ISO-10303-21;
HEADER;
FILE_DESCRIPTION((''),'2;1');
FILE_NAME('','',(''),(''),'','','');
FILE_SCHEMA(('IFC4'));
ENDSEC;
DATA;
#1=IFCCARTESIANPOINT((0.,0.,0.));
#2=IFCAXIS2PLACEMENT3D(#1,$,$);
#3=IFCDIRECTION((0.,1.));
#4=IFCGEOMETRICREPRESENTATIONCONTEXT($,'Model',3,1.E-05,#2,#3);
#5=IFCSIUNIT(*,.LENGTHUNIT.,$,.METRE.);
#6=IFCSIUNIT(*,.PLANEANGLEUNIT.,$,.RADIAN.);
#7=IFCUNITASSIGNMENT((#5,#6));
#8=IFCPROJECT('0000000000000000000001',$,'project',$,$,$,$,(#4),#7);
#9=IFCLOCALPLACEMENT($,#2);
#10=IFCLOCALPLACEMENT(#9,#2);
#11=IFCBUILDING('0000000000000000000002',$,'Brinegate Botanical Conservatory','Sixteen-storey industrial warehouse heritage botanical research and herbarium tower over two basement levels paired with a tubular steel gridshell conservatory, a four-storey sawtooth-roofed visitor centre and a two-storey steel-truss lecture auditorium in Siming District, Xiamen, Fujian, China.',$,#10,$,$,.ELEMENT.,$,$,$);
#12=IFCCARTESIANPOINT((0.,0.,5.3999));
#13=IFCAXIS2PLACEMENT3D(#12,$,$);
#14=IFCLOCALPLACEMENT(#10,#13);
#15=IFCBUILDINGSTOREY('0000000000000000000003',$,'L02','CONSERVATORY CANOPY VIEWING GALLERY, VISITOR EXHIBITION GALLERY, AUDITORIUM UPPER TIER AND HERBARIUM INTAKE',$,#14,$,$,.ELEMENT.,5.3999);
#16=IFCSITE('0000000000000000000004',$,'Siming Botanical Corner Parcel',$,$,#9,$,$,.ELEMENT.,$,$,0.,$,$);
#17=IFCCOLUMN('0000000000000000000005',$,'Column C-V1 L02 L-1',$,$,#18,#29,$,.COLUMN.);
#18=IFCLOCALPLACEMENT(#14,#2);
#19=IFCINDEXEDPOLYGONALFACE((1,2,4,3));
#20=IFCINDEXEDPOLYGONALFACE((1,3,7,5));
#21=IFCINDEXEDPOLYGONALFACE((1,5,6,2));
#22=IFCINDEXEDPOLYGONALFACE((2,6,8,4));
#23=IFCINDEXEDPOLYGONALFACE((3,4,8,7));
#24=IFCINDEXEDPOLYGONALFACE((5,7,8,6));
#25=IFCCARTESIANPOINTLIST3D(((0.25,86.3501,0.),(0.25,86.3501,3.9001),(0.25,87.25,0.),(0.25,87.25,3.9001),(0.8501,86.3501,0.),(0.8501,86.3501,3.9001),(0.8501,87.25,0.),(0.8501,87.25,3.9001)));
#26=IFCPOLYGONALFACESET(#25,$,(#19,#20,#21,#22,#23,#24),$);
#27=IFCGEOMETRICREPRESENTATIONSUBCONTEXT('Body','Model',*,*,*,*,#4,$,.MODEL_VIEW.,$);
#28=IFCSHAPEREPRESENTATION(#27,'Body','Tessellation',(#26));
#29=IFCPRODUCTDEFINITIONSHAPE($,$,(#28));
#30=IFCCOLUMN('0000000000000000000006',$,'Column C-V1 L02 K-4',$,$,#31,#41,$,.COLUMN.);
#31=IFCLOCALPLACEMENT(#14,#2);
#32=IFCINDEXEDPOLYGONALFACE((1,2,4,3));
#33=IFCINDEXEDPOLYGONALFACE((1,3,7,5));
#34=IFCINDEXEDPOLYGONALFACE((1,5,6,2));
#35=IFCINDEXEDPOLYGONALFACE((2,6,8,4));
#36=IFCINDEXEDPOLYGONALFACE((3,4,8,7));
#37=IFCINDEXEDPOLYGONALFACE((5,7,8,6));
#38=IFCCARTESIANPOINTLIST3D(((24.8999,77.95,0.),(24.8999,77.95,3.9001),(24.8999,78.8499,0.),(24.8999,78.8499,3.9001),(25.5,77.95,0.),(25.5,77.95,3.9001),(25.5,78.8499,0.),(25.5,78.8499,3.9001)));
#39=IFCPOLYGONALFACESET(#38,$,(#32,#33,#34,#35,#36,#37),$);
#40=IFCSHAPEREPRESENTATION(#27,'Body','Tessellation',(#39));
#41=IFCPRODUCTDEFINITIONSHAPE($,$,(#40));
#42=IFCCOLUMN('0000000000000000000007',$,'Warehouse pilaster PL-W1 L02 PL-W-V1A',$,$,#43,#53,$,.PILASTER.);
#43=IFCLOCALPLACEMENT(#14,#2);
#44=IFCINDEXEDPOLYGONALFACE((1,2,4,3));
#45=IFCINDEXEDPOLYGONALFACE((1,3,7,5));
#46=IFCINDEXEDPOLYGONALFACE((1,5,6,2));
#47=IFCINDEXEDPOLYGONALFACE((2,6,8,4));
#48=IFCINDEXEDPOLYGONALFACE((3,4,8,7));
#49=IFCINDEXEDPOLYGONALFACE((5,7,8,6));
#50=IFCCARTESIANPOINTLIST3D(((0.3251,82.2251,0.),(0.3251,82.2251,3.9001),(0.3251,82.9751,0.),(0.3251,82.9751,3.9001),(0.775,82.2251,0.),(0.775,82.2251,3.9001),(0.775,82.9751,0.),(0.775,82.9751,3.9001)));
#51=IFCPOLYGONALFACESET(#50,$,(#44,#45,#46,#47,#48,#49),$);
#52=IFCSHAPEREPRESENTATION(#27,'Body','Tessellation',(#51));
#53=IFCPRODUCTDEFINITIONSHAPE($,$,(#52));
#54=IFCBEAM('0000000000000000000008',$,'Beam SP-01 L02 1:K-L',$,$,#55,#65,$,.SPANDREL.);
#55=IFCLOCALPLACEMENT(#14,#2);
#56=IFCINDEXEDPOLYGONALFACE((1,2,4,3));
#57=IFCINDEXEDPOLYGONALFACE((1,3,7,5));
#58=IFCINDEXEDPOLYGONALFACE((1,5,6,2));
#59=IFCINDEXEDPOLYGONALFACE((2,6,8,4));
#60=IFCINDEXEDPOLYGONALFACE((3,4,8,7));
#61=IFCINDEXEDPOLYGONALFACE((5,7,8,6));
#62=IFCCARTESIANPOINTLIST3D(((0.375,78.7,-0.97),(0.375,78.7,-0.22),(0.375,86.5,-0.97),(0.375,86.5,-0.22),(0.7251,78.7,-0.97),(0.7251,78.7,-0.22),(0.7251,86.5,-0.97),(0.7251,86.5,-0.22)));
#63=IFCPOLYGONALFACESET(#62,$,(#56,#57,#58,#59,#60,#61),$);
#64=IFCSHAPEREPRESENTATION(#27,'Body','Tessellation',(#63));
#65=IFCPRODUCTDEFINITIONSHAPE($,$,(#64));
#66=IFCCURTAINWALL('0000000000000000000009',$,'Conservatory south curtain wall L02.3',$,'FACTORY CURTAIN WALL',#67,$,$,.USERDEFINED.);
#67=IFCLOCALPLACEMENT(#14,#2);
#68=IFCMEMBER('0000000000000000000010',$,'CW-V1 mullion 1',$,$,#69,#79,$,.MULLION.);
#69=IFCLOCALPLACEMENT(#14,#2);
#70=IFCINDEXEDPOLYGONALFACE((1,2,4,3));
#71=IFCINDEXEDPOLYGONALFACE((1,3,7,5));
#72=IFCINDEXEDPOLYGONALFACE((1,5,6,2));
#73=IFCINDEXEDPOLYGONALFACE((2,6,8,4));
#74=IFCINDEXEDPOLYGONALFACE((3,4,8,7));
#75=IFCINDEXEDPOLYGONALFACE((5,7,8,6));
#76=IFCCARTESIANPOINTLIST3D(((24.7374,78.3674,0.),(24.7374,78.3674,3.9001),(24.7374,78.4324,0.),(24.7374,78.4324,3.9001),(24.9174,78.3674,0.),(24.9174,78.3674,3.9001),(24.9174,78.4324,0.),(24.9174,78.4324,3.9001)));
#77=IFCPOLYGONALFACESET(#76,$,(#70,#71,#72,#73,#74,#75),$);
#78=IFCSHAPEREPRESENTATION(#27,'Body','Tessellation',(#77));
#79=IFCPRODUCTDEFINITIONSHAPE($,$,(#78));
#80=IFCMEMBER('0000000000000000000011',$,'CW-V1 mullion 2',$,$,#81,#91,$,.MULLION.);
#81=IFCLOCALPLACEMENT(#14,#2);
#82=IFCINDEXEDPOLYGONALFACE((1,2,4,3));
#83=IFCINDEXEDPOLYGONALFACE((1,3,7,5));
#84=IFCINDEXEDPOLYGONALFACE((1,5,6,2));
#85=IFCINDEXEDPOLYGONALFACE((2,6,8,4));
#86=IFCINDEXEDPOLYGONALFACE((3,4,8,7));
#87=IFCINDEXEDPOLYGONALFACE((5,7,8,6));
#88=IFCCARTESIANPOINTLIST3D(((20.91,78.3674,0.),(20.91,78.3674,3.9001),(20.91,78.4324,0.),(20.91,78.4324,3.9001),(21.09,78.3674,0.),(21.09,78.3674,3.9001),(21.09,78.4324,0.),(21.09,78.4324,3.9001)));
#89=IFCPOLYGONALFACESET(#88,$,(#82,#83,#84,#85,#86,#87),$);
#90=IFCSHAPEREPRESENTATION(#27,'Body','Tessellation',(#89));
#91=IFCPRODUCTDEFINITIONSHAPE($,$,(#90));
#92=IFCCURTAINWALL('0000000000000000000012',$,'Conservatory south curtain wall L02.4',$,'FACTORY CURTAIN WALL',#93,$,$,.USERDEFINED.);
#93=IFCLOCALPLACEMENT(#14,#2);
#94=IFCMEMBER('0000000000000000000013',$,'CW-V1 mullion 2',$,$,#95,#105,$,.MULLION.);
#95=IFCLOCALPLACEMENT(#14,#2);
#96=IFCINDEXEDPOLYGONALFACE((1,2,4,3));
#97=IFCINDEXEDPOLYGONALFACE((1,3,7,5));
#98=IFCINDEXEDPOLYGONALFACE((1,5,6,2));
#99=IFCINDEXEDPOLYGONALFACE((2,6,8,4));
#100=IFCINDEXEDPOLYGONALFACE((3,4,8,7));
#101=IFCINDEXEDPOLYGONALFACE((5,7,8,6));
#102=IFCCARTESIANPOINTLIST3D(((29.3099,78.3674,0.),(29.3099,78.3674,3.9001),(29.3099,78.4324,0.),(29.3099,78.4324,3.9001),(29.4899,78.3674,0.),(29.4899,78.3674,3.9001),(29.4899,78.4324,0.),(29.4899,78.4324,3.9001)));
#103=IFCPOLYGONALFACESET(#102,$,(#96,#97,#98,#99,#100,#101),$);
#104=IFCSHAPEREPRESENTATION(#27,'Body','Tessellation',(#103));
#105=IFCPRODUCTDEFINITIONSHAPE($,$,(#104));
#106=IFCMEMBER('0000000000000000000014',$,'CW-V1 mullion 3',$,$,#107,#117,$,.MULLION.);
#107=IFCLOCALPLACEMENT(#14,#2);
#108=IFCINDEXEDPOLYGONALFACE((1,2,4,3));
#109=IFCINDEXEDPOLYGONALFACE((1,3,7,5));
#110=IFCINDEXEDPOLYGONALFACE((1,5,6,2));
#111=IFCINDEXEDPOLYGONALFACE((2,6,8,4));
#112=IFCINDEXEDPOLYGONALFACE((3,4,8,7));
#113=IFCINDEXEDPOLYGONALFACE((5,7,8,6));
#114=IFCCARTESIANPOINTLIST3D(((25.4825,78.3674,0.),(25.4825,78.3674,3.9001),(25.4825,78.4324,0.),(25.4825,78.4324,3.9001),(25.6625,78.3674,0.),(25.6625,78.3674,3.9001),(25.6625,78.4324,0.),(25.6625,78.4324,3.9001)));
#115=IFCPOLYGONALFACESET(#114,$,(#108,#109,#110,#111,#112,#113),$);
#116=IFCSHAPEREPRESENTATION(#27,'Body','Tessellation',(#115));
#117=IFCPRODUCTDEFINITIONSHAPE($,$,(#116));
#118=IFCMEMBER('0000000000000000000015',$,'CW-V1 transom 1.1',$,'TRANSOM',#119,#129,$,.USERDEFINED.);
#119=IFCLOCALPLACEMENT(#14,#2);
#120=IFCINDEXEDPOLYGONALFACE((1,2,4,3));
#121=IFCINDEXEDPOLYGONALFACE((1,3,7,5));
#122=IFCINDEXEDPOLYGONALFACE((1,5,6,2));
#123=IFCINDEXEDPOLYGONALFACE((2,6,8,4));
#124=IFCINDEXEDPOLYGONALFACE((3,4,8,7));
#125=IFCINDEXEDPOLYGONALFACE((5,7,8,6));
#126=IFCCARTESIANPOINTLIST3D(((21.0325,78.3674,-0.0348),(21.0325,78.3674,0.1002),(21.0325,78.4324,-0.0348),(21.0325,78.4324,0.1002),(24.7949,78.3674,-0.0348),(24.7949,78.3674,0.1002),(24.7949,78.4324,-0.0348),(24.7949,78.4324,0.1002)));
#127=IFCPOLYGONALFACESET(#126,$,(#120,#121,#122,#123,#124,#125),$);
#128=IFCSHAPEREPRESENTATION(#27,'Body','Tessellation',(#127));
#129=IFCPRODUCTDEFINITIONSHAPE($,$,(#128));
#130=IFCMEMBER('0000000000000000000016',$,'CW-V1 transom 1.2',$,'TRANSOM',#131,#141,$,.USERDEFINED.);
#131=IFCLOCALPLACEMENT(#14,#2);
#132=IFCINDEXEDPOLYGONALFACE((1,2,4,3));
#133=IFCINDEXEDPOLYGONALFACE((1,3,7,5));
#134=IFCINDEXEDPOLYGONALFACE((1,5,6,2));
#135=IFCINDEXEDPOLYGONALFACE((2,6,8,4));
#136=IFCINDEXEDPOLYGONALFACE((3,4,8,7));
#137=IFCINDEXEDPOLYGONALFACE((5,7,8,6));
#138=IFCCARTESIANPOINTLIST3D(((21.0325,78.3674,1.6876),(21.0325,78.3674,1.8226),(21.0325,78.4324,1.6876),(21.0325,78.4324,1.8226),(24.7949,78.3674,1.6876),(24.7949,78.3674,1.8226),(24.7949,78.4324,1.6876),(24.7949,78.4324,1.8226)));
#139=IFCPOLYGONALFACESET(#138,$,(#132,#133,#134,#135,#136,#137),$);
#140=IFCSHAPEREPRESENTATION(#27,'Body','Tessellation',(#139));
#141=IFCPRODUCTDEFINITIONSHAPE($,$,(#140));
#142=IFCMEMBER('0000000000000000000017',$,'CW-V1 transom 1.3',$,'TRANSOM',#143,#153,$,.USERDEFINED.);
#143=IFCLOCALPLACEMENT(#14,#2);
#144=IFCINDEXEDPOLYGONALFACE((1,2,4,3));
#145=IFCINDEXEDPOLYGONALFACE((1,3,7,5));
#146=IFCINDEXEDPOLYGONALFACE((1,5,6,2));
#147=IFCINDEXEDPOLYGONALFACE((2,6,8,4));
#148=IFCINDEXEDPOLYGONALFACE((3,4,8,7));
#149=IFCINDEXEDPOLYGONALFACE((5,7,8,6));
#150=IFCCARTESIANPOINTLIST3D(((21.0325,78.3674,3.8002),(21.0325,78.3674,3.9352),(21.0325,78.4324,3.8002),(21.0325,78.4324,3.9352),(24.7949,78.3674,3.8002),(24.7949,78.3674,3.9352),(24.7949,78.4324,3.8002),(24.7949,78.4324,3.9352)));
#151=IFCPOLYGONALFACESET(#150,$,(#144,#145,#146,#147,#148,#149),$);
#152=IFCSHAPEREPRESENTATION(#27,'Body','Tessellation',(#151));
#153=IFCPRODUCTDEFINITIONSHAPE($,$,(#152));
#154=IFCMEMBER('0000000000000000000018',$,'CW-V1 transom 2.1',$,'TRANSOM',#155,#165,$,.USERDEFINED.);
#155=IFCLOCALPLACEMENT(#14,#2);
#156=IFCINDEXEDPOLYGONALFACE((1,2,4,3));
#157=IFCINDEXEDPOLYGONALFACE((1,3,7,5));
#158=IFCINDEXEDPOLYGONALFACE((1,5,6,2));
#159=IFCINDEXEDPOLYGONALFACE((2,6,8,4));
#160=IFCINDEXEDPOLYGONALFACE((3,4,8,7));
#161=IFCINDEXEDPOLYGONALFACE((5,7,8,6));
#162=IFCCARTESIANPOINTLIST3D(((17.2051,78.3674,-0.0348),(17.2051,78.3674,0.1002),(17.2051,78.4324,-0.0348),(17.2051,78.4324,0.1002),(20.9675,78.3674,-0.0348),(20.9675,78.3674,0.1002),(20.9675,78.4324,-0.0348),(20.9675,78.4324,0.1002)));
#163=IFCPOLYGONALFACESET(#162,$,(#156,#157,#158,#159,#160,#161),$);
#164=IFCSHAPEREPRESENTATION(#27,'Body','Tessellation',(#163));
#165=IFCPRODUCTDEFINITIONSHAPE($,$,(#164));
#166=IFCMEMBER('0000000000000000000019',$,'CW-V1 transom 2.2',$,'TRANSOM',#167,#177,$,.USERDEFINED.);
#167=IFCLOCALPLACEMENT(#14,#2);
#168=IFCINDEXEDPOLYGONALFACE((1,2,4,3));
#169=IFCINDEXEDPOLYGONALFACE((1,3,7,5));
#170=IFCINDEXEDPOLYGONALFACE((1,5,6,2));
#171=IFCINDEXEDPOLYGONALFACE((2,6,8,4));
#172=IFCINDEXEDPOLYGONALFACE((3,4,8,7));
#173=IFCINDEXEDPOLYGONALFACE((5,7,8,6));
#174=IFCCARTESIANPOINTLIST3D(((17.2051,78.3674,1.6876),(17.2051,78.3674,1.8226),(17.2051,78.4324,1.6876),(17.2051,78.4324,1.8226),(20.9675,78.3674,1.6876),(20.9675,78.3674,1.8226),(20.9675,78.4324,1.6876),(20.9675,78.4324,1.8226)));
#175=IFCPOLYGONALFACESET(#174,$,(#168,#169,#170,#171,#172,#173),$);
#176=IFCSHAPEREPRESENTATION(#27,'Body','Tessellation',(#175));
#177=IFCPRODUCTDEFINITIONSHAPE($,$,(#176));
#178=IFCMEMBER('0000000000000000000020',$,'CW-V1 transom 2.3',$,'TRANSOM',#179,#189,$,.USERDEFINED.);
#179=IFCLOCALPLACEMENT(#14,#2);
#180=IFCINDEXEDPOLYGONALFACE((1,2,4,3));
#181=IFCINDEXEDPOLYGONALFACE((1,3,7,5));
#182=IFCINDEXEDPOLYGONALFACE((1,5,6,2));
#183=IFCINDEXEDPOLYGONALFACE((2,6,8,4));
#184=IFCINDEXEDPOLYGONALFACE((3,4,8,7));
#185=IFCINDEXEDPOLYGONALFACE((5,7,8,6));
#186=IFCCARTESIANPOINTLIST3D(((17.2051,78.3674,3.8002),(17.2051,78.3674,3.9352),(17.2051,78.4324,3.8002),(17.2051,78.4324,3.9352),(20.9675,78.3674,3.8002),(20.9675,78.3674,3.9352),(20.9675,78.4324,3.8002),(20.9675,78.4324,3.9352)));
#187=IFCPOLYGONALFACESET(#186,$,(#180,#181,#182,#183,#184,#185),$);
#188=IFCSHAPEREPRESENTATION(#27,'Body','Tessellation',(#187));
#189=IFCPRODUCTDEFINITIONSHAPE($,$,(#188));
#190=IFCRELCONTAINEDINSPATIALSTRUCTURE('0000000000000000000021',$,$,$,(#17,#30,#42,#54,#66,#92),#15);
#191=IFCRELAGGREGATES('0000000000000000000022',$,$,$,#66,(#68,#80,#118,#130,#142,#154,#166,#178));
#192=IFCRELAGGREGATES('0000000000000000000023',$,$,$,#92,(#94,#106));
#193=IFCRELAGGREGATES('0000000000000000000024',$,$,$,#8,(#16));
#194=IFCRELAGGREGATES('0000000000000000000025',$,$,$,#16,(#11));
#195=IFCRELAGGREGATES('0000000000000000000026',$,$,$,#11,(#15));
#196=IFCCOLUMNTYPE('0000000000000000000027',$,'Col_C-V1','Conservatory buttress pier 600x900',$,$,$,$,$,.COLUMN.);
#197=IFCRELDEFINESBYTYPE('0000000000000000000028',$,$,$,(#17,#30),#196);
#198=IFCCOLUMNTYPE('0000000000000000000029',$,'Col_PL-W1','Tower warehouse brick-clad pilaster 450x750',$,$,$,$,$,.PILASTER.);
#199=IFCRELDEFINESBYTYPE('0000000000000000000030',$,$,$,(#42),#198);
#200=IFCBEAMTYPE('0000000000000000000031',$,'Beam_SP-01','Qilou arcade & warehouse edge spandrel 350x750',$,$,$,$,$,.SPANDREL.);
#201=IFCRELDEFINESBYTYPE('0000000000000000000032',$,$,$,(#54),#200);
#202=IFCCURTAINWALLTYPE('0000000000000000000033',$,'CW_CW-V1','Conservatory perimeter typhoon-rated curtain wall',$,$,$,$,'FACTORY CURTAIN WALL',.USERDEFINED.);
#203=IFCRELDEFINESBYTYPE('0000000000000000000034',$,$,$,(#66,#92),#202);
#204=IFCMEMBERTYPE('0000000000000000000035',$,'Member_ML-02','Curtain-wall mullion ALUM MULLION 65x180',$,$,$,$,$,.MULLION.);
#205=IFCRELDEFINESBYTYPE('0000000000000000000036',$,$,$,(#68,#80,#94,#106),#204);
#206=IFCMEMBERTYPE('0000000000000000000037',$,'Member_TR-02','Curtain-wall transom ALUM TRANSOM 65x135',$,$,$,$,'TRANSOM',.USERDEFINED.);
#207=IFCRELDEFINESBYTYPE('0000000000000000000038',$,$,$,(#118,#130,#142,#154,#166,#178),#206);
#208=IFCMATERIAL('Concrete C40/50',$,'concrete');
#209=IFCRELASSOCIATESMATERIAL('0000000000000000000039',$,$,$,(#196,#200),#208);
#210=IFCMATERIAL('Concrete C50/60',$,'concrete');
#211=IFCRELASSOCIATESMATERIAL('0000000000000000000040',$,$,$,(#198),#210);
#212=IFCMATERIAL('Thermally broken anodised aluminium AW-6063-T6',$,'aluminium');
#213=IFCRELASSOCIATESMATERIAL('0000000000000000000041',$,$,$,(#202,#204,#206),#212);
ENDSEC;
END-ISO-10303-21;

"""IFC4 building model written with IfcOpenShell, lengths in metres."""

from ifc_helpers import new_model, si_unit, direction, frame, origin, origin_2d, place, context, subcontext, project, spatial, rectangle, extrude, material, material_profile, profile_set, type_object, element, aggregate, save


model = new_model("IFC4")

# Units and contexts
model_context = context("Model", 3, precision=1e-05, world=origin(), true_north=direction((0.0, 1.0)))
body_context = subcontext(model_context, "Body", "Model", "MODEL_VIEW")
ifc_project = project(units=[si_unit("LENGTHUNIT", "METRE"), si_unit("PLANEANGLEUNIT", "RADIAN")], contexts=[model_context])

# Site, building, storey
site_placement = place(None, origin())
site = spatial("IfcSite", under=ifc_project, at=site_placement, Name="Siming Botanical Corner Parcel", CompositionType="ELEMENT", RefElevation=0.0)
building_placement = place(site_placement, origin())
building = spatial("IfcBuilding", under=site, at=building_placement, Name="Brinegate Botanical Conservatory", Description="Sixteen-storey industrial warehouse heritage botanical research and herbarium tower over two basement levels paired with a tubular steel gridshell conservatory, a four-storey sawtooth-roofed visitor centre and a two-storey steel-truss lecture auditorium in Siming District, Xiamen, Fujian, China.", CompositionType="ELEMENT")
storey_placement = place(building_placement, frame((0.0, 0.0, 5.3999)))
storey = spatial("IfcBuildingStorey", under=building, at=storey_placement, Name="L02", Description="CONSERVATORY CANOPY VIEWING GALLERY, VISITOR EXHIBITION GALLERY, AUDITORIUM UPPER TIER AND HERBARIUM INTAKE", CompositionType="ELEMENT", Elevation=5.3999)

# Columns
ifc_material_1 = material(Name="Concrete C40/50", Category="concrete")
ifc_material_profile_1 = material_profile(ifc_material_1, rectangle(XDim=0.6001, YDim=0.8999, at=origin_2d()), Name="RC PIER 600x900")
ifc_profile_set_1 = profile_set([ifc_material_profile_1], Name="Concrete C40/50")
column_type_1 = type_object("IfcColumnType", Name="Col_C-V1", Description="Conservatory buttress pier 600x900", PredefinedType="COLUMN", material=ifc_profile_set_1)
for number, where, z_axis, x_axis, name in (
    (1, (0.55, 86.8, 0.0), (0.0, 0.0, 1.0), (1.0, 0.0, 0.0), "Column C-V1 L02 L-1"),
    (2, (25.2, 78.3999, 0.0), (0.0, 0.0, 1.0), (1.0, 0.0, 0.0), "Column C-V1 L02 K-4"),
):
    element("IfcColumn", number, at=place(storey_placement, frame(where, z_axis=z_axis, x_axis=x_axis)), inside=storey, type_object=column_type_1, Name=name, PredefinedType="COLUMN", context=body_context, shape_type="SweptSolid", body=[
        extrude(rectangle(XDim=0.6001, YDim=0.8999, at=origin_2d()), origin(), (0.0, 0.0, 1.0), 3.9001),
    ])
ifc_material_2 = material(Name="Concrete C50/60", Category="concrete")
ifc_material_profile_2 = material_profile(ifc_material_2, rectangle(XDim=0.45, YDim=0.75, at=origin_2d()), Name="RC PILASTER 450x750")
ifc_profile_set_2 = profile_set([ifc_material_profile_2], Name="Concrete C50/60")
column_type_2 = type_object("IfcColumnType", Name="Col_PL-W1", Description="Tower warehouse brick-clad pilaster 450x750", PredefinedType="PILASTER", material=ifc_profile_set_2)
column_placement = place(storey_placement, frame((0.55, 82.6001, 0.0), z_axis=(0.0, 0.0, 1.0), x_axis=(1.0, 0.0, 0.0)))
element("IfcColumn", 3, at=column_placement, inside=storey, type_object=column_type_2, Name="Warehouse pilaster PL-W1 L02 PL-W-V1A", PredefinedType="PILASTER", context=body_context, shape_type="SweptSolid", body=[
    extrude(rectangle(XDim=0.45, YDim=0.75, at=origin_2d()), origin(), (0.0, 0.0, 1.0), 3.9001),
])

# Beam
ifc_material_profile_3 = material_profile(ifc_material_1, rectangle(XDim=0.3501, YDim=0.75, at=origin_2d()), Name="RC SPN 350x750")
ifc_profile_set_3 = profile_set([ifc_material_profile_3], Name="Concrete C40/50")
beam_type = type_object("IfcBeamType", Name="Beam_SP-01", Description="Qilou arcade & warehouse edge spandrel 350x750", PredefinedType="SPANDREL", material=ifc_profile_set_3)
beam_placement = place(storey_placement, frame((0.55, 78.7, -0.595), z_axis=(0.0, 1.0, 0.0), x_axis=(-1.0, 0.0, 0.0)))
element("IfcBeam", 4, at=beam_placement, inside=storey, type_object=beam_type, Name="Beam SP-01 L02 1:K-L", PredefinedType="SPANDREL", context=body_context, shape_type="SweptSolid", body=[
    extrude(rectangle(XDim=0.3501, YDim=0.75, at=origin_2d()), origin(), (0.0, 0.0, 1.0), 7.8),
])

# Curtain walls, members
ifc_material_3 = material(Name="Thermally broken anodised aluminium AW-6063-T6", Category="aluminium")
curtain_wall_type = type_object("IfcCurtainWallType", Name="CW_CW-V1", Description="Conservatory perimeter typhoon-rated curtain wall", ElementType="FACTORY CURTAIN WALL", PredefinedType="USERDEFINED", material=ifc_material_3)
curtain_wall_1_placement = place(storey_placement, origin())
curtain_wall_1 = element("IfcCurtainWall", 5, at=curtain_wall_1_placement, inside=storey, type_object=curtain_wall_type, Name="Conservatory south curtain wall L02.3", ObjectType="FACTORY CURTAIN WALL", PredefinedType="USERDEFINED")
ifc_material_profile_4 = material_profile(ifc_material_3, rectangle(XDim=0.0649, YDim=0.1799, at=origin_2d()), Name="ALUM MULLION 65x180")
ifc_profile_set_4 = profile_set([ifc_material_profile_4], Name="Thermally broken anodised aluminium AW-6063-T6")
member_type_1 = type_object("IfcMemberType", Name="Member_ML-02", Description="Curtain-wall mullion ALUM MULLION 65x180", PredefinedType="MULLION", material=ifc_profile_set_4)
member_1_placement = place(storey_placement, frame((24.8274, 78.3999, 0.0), z_axis=(0.0, 0.0, 1.0), x_axis=(0.0, -1.0, 0.0)))
member_1 = element("IfcMember", 6, at=member_1_placement, type_object=member_type_1, Name="CW-V1 mullion 1", PredefinedType="MULLION", context=body_context, shape_type="SweptSolid", body=[
    extrude(rectangle(XDim=0.0649, YDim=0.1799, at=origin_2d()), origin(), (0.0, 0.0, 1.0), 3.9001),
])
member_2_placement = place(storey_placement, frame((21.0, 78.3999, 0.0), z_axis=(0.0, 0.0, 1.0), x_axis=(0.0, -1.0, 0.0)))
member_2 = element("IfcMember", 7, at=member_2_placement, type_object=member_type_1, Name="CW-V1 mullion 2", PredefinedType="MULLION", context=body_context, shape_type="SweptSolid", body=[
    extrude(rectangle(XDim=0.0649, YDim=0.1799, at=origin_2d()), origin(), (0.0, 0.0, 1.0), 3.9001),
])
curtain_wall_2_placement = place(storey_placement, origin())
curtain_wall_2 = element("IfcCurtainWall", 8, at=curtain_wall_2_placement, inside=storey, type_object=curtain_wall_type, Name="Conservatory south curtain wall L02.4", ObjectType="FACTORY CURTAIN WALL", PredefinedType="USERDEFINED")
member_3_placement = place(storey_placement, frame((29.3999, 78.3999, 0.0), z_axis=(0.0, 0.0, 1.0), x_axis=(0.0, -1.0, 0.0)))
member_3 = element("IfcMember", 9, at=member_3_placement, type_object=member_type_1, Name="CW-V1 mullion 2", PredefinedType="MULLION", context=body_context, shape_type="SweptSolid", body=[
    extrude(rectangle(XDim=0.0649, YDim=0.1799, at=origin_2d()), origin(), (0.0, 0.0, 1.0), 3.9001),
])
member_4_placement = place(storey_placement, frame((25.5725, 78.3999, 0.0), z_axis=(0.0, 0.0, 1.0), x_axis=(0.0, -1.0, 0.0)))
member_4 = element("IfcMember", 10, at=member_4_placement, type_object=member_type_1, Name="CW-V1 mullion 3", PredefinedType="MULLION", context=body_context, shape_type="SweptSolid", body=[
    extrude(rectangle(XDim=0.0649, YDim=0.1799, at=origin_2d()), origin(), (0.0, 0.0, 1.0), 3.9001),
])

# Members
ifc_material_profile_5 = material_profile(ifc_material_3, rectangle(XDim=0.0649, YDim=0.135, at=origin_2d()), Name="ALUM TRANSOM 65x135")
ifc_profile_set_5 = profile_set([ifc_material_profile_5], Name="Thermally broken anodised aluminium AW-6063-T6")
member_type_2 = type_object("IfcMemberType", Name="Member_TR-02", Description="Curtain-wall transom ALUM TRANSOM 65x135", ElementType="TRANSOM", PredefinedType="USERDEFINED", material=ifc_profile_set_5)
member_5_placement = place(storey_placement, frame((24.7949, 78.3999, 0.0327), z_axis=(-1.0, 0.0, 0.0), x_axis=(0.0, -1.0, 0.0)))
member_5 = element("IfcMember", 11, at=member_5_placement, type_object=member_type_2, Name="CW-V1 transom 1.1", ObjectType="TRANSOM", PredefinedType="USERDEFINED", context=body_context, shape_type="SweptSolid", body=[
    extrude(rectangle(XDim=0.0649, YDim=0.135, at=origin_2d()), origin(), (0.0, 0.0, 1.0), 3.7625),
])
member_6_placement = place(storey_placement, frame((24.7949, 78.3999, 1.7551), z_axis=(-1.0, 0.0, 0.0), x_axis=(0.0, -1.0, 0.0)))
member_6 = element("IfcMember", 12, at=member_6_placement, type_object=member_type_2, Name="CW-V1 transom 1.2", ObjectType="TRANSOM", PredefinedType="USERDEFINED", context=body_context, shape_type="SweptSolid", body=[
    extrude(rectangle(XDim=0.0649, YDim=0.135, at=origin_2d()), origin(), (0.0, 0.0, 1.0), 3.7625),
])
member_7_placement = place(storey_placement, frame((24.7949, 78.3999, 3.8677), z_axis=(-1.0, 0.0, 0.0), x_axis=(0.0, -1.0, 0.0)))
member_7 = element("IfcMember", 13, at=member_7_placement, type_object=member_type_2, Name="CW-V1 transom 1.3", ObjectType="TRANSOM", PredefinedType="USERDEFINED", context=body_context, shape_type="SweptSolid", body=[
    extrude(rectangle(XDim=0.0649, YDim=0.135, at=origin_2d()), origin(), (0.0, 0.0, 1.0), 3.7625),
])
member_8_placement = place(storey_placement, frame((20.9675, 78.3999, 0.0327), z_axis=(-1.0, 0.0, 0.0), x_axis=(0.0, -1.0, 0.0)))
member_8 = element("IfcMember", 14, at=member_8_placement, type_object=member_type_2, Name="CW-V1 transom 2.1", ObjectType="TRANSOM", PredefinedType="USERDEFINED", context=body_context, shape_type="SweptSolid", body=[
    extrude(rectangle(XDim=0.0649, YDim=0.135, at=origin_2d()), origin(), (0.0, 0.0, 1.0), 3.7625),
])
member_9_placement = place(storey_placement, frame((20.9675, 78.3999, 1.7551), z_axis=(-1.0, 0.0, 0.0), x_axis=(0.0, -1.0, 0.0)))
member_9 = element("IfcMember", 15, at=member_9_placement, type_object=member_type_2, Name="CW-V1 transom 2.2", ObjectType="TRANSOM", PredefinedType="USERDEFINED", context=body_context, shape_type="SweptSolid", body=[
    extrude(rectangle(XDim=0.0649, YDim=0.135, at=origin_2d()), origin(), (0.0, 0.0, 1.0), 3.7625),
])
member_10_placement = place(storey_placement, frame((20.9675, 78.3999, 3.8677), z_axis=(-1.0, 0.0, 0.0), x_axis=(0.0, -1.0, 0.0)))
member_10 = element("IfcMember", 16, at=member_10_placement, type_object=member_type_2, Name="CW-V1 transom 2.3", ObjectType="TRANSOM", PredefinedType="USERDEFINED", context=body_context, shape_type="SweptSolid", body=[
    extrude(rectangle(XDim=0.0649, YDim=0.135, at=origin_2d()), origin(), (0.0, 0.0, 1.0), 3.7625),
])

aggregate(curtain_wall_1, [member_1, member_2, member_5, member_6, member_7, member_8, member_9, member_10])
aggregate(curtain_wall_2, [member_3, member_4])

save(model, "model.ifc")
